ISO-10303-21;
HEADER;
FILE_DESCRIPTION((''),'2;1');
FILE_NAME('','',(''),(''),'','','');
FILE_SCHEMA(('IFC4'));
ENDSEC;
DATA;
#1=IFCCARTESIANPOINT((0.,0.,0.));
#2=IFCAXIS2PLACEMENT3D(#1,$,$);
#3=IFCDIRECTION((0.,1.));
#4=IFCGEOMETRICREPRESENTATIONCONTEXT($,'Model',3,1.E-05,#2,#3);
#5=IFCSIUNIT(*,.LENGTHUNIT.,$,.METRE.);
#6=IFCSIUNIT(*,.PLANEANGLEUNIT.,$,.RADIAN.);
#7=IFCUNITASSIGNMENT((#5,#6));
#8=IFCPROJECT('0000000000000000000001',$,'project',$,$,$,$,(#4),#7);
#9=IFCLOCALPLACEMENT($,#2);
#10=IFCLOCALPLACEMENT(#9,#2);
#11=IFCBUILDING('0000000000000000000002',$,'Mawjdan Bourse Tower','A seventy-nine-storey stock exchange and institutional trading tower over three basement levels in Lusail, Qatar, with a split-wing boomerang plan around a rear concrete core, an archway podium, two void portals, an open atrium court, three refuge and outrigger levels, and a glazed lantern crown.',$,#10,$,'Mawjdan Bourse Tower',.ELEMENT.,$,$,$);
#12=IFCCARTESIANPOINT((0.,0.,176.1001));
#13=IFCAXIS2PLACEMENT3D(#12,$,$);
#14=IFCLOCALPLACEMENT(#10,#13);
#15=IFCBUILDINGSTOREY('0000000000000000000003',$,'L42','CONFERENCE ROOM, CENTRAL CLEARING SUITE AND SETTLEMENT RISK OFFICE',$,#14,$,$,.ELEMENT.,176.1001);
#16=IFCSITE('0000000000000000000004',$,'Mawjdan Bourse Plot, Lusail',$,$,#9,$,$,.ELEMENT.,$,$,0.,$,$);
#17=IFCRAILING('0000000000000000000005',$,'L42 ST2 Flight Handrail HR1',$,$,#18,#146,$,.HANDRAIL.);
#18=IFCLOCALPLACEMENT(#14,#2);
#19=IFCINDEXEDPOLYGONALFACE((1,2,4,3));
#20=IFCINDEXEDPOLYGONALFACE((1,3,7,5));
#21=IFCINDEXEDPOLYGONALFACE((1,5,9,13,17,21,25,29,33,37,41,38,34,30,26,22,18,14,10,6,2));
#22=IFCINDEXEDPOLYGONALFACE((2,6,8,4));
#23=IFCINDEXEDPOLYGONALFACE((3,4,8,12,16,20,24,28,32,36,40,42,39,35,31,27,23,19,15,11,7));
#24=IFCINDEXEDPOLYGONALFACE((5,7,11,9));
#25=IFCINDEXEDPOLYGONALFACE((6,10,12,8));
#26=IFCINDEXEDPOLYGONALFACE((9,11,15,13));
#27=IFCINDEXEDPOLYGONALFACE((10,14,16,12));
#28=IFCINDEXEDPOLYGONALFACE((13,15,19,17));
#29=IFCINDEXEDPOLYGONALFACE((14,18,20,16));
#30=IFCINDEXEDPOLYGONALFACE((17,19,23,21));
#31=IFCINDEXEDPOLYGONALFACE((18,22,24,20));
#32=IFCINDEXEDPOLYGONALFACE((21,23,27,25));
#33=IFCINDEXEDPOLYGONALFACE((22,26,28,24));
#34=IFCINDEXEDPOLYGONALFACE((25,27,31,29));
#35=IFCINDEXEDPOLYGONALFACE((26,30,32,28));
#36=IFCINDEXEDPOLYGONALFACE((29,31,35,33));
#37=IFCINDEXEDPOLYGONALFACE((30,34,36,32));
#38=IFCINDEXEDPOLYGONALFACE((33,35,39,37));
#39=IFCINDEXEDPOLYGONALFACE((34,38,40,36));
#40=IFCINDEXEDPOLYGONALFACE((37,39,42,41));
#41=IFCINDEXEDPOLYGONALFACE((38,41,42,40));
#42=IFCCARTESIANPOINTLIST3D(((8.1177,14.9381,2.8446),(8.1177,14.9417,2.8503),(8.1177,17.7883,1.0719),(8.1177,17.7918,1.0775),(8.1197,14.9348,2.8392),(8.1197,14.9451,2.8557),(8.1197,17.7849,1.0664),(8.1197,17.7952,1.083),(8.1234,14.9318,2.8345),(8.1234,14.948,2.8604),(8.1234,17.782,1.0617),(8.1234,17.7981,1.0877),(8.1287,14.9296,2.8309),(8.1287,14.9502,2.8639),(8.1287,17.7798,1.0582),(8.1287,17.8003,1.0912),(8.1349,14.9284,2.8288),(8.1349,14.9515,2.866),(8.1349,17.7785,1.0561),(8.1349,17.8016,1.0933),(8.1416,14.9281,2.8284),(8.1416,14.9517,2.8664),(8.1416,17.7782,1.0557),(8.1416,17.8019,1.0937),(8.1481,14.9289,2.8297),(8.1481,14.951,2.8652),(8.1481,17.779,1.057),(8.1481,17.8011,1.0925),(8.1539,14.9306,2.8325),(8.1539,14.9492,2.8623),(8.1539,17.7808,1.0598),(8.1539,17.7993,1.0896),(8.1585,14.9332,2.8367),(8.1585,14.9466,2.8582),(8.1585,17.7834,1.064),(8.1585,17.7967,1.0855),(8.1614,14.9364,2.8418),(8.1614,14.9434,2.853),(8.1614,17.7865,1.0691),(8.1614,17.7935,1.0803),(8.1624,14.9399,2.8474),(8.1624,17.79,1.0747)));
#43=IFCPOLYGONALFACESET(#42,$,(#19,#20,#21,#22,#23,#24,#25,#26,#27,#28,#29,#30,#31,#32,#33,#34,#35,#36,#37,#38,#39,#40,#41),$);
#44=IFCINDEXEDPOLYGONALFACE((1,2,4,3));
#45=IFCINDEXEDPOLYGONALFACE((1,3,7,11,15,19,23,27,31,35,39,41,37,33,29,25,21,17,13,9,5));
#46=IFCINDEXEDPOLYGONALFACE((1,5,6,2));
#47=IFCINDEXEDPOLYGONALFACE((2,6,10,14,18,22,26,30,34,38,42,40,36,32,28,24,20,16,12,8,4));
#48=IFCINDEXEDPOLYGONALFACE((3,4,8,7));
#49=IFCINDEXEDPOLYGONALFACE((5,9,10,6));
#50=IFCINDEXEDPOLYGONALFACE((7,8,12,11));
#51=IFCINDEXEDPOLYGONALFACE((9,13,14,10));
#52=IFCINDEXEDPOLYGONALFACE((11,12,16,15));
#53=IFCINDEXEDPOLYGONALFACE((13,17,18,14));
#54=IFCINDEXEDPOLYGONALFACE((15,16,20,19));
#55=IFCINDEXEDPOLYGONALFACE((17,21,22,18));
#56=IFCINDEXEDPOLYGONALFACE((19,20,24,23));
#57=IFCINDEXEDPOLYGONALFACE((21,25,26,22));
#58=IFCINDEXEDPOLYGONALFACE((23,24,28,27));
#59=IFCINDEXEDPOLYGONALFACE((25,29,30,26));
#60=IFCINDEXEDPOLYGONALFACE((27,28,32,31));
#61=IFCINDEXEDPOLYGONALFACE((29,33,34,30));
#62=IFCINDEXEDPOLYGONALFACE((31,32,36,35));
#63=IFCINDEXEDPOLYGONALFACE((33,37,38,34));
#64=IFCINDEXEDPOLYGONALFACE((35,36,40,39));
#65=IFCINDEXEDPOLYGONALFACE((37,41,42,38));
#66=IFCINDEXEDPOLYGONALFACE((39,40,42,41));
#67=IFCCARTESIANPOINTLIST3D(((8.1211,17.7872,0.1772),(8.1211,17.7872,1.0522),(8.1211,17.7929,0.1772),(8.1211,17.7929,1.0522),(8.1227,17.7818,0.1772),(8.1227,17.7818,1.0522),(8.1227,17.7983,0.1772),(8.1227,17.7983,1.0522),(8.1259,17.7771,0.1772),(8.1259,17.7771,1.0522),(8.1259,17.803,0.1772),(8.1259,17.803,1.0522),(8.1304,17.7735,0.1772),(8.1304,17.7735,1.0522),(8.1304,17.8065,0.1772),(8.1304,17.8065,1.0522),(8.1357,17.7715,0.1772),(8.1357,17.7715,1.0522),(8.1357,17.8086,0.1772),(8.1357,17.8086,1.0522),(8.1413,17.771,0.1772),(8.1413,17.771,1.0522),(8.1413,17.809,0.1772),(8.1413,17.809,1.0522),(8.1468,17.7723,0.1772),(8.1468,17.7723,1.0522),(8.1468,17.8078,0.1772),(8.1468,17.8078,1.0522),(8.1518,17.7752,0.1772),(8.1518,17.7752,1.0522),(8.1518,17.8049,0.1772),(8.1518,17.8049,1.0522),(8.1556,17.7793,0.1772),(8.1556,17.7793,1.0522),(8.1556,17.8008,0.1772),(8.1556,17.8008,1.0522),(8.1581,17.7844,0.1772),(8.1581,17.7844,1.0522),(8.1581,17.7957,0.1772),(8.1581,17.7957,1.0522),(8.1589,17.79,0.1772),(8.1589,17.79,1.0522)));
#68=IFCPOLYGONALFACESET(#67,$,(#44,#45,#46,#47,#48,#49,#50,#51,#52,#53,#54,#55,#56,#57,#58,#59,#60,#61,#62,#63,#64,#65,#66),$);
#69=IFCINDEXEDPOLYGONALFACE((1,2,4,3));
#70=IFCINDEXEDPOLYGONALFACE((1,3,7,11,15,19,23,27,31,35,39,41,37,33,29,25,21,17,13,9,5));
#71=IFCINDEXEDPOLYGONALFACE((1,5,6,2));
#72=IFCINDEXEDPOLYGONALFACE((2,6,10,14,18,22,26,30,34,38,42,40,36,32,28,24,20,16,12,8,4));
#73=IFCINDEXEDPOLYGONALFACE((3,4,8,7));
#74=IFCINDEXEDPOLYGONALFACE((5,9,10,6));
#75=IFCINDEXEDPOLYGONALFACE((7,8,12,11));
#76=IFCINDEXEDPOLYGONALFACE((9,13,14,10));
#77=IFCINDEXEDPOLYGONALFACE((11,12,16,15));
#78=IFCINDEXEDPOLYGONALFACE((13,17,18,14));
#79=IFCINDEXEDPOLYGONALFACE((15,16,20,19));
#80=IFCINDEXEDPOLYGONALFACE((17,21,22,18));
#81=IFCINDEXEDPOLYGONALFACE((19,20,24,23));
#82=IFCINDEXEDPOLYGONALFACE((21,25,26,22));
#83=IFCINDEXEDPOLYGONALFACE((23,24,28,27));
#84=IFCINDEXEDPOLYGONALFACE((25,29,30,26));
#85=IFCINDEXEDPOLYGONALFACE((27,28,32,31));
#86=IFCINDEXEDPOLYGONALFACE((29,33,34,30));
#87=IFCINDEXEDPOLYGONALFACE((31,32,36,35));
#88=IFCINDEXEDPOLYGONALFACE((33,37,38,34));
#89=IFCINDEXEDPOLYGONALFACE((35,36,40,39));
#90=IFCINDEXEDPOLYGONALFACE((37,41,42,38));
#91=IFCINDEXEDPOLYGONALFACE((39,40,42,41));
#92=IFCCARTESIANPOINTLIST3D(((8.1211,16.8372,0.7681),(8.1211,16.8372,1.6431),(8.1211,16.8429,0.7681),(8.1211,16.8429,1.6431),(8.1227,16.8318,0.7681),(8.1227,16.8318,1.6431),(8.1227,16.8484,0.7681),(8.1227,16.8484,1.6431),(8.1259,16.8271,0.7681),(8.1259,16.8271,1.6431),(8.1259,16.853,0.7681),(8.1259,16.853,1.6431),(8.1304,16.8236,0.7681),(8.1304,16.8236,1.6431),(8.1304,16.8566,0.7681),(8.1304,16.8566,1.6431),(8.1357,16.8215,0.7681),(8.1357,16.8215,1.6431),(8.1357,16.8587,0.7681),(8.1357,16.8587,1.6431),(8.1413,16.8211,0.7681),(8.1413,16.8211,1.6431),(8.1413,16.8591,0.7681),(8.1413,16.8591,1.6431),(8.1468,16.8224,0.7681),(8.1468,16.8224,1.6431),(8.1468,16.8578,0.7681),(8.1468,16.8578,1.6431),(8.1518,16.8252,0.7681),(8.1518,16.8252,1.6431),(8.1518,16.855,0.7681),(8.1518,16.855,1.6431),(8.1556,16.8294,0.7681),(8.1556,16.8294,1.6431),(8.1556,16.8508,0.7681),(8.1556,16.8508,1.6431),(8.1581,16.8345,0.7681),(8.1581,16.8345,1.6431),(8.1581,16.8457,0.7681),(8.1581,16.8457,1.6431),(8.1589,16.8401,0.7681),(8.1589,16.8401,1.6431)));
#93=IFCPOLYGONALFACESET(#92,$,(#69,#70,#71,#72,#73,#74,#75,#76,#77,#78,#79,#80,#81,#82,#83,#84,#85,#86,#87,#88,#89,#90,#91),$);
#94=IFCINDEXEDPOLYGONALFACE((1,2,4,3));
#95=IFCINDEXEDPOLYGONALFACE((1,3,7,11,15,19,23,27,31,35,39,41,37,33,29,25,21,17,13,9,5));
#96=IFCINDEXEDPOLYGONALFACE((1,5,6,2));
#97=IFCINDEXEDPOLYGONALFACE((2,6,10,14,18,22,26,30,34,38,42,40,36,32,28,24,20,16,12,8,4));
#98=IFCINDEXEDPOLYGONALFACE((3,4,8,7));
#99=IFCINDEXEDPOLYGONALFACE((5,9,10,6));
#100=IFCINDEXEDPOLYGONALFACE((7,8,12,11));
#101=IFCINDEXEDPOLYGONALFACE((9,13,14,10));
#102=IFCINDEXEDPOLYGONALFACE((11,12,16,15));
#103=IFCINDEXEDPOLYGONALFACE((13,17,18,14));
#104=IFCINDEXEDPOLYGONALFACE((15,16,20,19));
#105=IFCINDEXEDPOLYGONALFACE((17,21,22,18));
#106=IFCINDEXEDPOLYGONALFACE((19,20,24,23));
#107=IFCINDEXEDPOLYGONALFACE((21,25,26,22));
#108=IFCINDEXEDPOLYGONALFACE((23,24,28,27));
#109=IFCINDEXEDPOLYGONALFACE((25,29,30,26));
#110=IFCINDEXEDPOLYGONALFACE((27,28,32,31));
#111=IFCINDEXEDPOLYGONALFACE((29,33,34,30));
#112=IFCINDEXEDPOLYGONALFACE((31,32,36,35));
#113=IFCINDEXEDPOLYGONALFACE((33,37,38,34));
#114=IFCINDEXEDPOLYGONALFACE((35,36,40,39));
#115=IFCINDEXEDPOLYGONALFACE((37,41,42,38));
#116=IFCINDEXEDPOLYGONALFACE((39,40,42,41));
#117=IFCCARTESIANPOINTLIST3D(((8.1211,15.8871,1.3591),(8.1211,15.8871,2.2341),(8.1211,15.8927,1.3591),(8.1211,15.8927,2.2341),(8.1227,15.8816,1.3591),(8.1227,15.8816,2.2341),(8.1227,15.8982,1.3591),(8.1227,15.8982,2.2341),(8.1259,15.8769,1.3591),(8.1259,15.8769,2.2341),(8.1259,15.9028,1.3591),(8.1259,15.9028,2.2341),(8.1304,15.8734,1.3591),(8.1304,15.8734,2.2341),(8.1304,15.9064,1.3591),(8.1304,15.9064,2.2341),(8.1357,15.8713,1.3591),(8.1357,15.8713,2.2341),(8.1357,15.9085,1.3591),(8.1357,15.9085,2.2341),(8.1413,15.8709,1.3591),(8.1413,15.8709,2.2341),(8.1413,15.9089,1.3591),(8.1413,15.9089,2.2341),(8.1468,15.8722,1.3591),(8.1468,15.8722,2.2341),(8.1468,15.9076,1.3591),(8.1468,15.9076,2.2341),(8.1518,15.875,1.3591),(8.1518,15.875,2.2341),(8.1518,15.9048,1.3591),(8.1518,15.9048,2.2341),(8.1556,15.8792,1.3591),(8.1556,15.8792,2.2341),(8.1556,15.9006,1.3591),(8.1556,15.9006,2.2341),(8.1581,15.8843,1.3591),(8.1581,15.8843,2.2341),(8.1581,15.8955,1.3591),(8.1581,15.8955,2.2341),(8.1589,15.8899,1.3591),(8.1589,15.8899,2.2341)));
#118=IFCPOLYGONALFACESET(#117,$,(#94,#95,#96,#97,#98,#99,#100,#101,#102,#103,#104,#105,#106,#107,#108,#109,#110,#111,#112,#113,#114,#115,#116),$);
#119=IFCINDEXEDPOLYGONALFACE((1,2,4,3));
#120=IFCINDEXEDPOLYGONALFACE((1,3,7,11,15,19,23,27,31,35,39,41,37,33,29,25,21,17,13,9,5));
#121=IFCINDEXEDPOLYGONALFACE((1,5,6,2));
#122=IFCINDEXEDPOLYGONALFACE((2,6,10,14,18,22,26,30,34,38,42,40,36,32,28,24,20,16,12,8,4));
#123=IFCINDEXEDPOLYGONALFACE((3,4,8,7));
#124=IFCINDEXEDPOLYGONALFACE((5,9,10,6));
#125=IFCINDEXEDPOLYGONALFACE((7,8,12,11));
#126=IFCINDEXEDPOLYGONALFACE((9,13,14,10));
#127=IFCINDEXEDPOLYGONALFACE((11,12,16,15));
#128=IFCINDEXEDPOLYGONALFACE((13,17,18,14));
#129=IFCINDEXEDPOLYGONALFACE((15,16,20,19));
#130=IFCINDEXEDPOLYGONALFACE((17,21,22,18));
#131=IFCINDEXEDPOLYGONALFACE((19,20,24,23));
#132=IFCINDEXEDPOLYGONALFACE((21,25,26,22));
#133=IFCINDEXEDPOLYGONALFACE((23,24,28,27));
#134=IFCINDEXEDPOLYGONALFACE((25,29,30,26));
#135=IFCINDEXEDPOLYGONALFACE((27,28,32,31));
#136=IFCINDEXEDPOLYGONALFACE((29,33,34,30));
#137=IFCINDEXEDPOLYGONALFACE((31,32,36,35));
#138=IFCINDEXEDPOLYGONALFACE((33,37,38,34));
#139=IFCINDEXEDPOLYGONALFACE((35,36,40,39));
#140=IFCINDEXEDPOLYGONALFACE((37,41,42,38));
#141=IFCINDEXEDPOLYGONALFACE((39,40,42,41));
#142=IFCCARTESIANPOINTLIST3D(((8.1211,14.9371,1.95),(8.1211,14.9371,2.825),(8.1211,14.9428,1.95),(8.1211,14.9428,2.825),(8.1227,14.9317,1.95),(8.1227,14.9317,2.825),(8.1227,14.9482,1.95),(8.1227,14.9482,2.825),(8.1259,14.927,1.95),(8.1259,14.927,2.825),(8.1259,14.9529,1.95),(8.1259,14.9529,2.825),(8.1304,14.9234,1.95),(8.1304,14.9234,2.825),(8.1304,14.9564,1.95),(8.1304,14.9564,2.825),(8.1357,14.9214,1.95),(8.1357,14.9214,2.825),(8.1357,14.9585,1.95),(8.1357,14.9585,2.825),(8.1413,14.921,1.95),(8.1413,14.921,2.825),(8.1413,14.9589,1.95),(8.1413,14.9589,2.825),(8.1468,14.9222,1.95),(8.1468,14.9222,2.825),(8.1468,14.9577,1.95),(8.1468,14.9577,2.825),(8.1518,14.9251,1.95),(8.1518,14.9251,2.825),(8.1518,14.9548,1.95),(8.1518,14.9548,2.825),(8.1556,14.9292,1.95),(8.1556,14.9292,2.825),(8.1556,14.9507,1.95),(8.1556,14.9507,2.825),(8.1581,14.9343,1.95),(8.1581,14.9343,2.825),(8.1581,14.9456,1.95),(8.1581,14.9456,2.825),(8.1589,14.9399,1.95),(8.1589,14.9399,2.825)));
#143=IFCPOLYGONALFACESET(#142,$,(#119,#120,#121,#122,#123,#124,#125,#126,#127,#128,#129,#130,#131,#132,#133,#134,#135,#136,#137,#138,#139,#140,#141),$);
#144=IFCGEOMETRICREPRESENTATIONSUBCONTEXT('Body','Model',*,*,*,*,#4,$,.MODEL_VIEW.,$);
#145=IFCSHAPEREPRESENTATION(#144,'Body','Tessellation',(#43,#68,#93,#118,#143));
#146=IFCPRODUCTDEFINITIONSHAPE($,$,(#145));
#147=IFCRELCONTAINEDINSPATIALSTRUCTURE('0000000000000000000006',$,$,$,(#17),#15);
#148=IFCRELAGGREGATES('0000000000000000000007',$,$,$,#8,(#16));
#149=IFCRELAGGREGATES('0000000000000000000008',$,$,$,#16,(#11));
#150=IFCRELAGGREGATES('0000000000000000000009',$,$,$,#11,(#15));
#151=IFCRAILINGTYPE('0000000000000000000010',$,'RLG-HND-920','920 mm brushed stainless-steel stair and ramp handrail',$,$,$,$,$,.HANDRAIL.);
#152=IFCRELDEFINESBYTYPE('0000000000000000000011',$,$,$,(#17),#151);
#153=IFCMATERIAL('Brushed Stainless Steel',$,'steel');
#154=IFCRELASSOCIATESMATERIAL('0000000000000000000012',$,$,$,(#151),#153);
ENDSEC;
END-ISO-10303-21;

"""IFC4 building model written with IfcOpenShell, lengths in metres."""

from ifc_helpers import new_model, si_unit, direction, frame, origin, origin_2d, place, context, subcontext, project, spatial, circle, extrude, material, type_object, element, save


model = new_model("IFC4")

# Units and contexts
model_context = context("Model", 3, precision=1e-05, world=origin(), true_north=direction((0.0, 1.0)))
body_context = subcontext(model_context, "Body", "Model", "MODEL_VIEW")
ifc_project = project(units=[si_unit("LENGTHUNIT", "METRE"), si_unit("PLANEANGLEUNIT", "RADIAN")], contexts=[model_context])

# Site, building, storey
site_placement = place(None, origin())
site = spatial("IfcSite", under=ifc_project, at=site_placement, Name="Mawjdan Bourse Plot, Lusail", CompositionType="ELEMENT", RefElevation=0.0)
building_placement = place(site_placement, origin())
building = spatial("IfcBuilding", under=site, at=building_placement, Name="Mawjdan Bourse Tower", Description="A seventy-nine-storey stock exchange and institutional trading tower over three basement levels in Lusail, Qatar, with a split-wing boomerang plan around a rear concrete core, an archway podium, two void portals, an open atrium court, three refuge and outrigger levels, and a glazed lantern crown.", LongName="Mawjdan Bourse Tower", CompositionType="ELEMENT")
storey_placement = place(building_placement, frame((0.0, 0.0, 176.1001)))
storey = spatial("IfcBuildingStorey", under=building, at=storey_placement, Name="L42", Description="CONFERENCE ROOM, CENTRAL CLEARING SUITE AND SETTLEMENT RISK OFFICE", CompositionType="ELEMENT", Elevation=176.1001)

# Shared definitions
ifc_material_1 = material(Name="Brushed Stainless Steel", Category="steel")

# Railing
railing_type_1 = type_object("IfcRailingType", Name="RLG-HND-920", Description="920 mm brushed stainless-steel stair and ramp handrail", PredefinedType="HANDRAIL", material=ifc_material_1)
for number, where, name in (
    (1, (8.1399, 17.79, 0.1772), "L42 ST2 Flight Handrail HR1"),
):
    element("IfcRailing", number, at=place(storey_placement, frame(where)), inside=storey, type_object=railing_type_1, Name=name, PredefinedType="HANDRAIL", context=body_context, shape_type="SweptSolid", body=[
        extrude(circle(Radius=0.0225, at=origin_2d()), frame((0.0, 0.0, 0.8975), z_axis=(0.0, -0.849149, 0.528154), x_axis=(1.0, 0.0, 0.0)), (0.0, 0.0, 1.0), 3.3564),
        extrude(circle(Radius=0.019, at=origin_2d()), origin(), (0.0, 0.0, 1.0), 0.875),
        extrude(circle(Radius=0.019, at=origin_2d()), frame((0.0, -0.95, 0.5908)), (0.0, 0.0, 1.0), 0.875),
        extrude(circle(Radius=0.019, at=origin_2d()), frame((0.0, -1.9001, 1.1819)), (0.0, 0.0, 1.0), 0.875),
        extrude(circle(Radius=0.019, at=origin_2d()), frame((0.0, -2.8501, 1.7727)), (0.0, 0.0, 1.0), 0.875),
    ])

save(model, "model.ifc")
